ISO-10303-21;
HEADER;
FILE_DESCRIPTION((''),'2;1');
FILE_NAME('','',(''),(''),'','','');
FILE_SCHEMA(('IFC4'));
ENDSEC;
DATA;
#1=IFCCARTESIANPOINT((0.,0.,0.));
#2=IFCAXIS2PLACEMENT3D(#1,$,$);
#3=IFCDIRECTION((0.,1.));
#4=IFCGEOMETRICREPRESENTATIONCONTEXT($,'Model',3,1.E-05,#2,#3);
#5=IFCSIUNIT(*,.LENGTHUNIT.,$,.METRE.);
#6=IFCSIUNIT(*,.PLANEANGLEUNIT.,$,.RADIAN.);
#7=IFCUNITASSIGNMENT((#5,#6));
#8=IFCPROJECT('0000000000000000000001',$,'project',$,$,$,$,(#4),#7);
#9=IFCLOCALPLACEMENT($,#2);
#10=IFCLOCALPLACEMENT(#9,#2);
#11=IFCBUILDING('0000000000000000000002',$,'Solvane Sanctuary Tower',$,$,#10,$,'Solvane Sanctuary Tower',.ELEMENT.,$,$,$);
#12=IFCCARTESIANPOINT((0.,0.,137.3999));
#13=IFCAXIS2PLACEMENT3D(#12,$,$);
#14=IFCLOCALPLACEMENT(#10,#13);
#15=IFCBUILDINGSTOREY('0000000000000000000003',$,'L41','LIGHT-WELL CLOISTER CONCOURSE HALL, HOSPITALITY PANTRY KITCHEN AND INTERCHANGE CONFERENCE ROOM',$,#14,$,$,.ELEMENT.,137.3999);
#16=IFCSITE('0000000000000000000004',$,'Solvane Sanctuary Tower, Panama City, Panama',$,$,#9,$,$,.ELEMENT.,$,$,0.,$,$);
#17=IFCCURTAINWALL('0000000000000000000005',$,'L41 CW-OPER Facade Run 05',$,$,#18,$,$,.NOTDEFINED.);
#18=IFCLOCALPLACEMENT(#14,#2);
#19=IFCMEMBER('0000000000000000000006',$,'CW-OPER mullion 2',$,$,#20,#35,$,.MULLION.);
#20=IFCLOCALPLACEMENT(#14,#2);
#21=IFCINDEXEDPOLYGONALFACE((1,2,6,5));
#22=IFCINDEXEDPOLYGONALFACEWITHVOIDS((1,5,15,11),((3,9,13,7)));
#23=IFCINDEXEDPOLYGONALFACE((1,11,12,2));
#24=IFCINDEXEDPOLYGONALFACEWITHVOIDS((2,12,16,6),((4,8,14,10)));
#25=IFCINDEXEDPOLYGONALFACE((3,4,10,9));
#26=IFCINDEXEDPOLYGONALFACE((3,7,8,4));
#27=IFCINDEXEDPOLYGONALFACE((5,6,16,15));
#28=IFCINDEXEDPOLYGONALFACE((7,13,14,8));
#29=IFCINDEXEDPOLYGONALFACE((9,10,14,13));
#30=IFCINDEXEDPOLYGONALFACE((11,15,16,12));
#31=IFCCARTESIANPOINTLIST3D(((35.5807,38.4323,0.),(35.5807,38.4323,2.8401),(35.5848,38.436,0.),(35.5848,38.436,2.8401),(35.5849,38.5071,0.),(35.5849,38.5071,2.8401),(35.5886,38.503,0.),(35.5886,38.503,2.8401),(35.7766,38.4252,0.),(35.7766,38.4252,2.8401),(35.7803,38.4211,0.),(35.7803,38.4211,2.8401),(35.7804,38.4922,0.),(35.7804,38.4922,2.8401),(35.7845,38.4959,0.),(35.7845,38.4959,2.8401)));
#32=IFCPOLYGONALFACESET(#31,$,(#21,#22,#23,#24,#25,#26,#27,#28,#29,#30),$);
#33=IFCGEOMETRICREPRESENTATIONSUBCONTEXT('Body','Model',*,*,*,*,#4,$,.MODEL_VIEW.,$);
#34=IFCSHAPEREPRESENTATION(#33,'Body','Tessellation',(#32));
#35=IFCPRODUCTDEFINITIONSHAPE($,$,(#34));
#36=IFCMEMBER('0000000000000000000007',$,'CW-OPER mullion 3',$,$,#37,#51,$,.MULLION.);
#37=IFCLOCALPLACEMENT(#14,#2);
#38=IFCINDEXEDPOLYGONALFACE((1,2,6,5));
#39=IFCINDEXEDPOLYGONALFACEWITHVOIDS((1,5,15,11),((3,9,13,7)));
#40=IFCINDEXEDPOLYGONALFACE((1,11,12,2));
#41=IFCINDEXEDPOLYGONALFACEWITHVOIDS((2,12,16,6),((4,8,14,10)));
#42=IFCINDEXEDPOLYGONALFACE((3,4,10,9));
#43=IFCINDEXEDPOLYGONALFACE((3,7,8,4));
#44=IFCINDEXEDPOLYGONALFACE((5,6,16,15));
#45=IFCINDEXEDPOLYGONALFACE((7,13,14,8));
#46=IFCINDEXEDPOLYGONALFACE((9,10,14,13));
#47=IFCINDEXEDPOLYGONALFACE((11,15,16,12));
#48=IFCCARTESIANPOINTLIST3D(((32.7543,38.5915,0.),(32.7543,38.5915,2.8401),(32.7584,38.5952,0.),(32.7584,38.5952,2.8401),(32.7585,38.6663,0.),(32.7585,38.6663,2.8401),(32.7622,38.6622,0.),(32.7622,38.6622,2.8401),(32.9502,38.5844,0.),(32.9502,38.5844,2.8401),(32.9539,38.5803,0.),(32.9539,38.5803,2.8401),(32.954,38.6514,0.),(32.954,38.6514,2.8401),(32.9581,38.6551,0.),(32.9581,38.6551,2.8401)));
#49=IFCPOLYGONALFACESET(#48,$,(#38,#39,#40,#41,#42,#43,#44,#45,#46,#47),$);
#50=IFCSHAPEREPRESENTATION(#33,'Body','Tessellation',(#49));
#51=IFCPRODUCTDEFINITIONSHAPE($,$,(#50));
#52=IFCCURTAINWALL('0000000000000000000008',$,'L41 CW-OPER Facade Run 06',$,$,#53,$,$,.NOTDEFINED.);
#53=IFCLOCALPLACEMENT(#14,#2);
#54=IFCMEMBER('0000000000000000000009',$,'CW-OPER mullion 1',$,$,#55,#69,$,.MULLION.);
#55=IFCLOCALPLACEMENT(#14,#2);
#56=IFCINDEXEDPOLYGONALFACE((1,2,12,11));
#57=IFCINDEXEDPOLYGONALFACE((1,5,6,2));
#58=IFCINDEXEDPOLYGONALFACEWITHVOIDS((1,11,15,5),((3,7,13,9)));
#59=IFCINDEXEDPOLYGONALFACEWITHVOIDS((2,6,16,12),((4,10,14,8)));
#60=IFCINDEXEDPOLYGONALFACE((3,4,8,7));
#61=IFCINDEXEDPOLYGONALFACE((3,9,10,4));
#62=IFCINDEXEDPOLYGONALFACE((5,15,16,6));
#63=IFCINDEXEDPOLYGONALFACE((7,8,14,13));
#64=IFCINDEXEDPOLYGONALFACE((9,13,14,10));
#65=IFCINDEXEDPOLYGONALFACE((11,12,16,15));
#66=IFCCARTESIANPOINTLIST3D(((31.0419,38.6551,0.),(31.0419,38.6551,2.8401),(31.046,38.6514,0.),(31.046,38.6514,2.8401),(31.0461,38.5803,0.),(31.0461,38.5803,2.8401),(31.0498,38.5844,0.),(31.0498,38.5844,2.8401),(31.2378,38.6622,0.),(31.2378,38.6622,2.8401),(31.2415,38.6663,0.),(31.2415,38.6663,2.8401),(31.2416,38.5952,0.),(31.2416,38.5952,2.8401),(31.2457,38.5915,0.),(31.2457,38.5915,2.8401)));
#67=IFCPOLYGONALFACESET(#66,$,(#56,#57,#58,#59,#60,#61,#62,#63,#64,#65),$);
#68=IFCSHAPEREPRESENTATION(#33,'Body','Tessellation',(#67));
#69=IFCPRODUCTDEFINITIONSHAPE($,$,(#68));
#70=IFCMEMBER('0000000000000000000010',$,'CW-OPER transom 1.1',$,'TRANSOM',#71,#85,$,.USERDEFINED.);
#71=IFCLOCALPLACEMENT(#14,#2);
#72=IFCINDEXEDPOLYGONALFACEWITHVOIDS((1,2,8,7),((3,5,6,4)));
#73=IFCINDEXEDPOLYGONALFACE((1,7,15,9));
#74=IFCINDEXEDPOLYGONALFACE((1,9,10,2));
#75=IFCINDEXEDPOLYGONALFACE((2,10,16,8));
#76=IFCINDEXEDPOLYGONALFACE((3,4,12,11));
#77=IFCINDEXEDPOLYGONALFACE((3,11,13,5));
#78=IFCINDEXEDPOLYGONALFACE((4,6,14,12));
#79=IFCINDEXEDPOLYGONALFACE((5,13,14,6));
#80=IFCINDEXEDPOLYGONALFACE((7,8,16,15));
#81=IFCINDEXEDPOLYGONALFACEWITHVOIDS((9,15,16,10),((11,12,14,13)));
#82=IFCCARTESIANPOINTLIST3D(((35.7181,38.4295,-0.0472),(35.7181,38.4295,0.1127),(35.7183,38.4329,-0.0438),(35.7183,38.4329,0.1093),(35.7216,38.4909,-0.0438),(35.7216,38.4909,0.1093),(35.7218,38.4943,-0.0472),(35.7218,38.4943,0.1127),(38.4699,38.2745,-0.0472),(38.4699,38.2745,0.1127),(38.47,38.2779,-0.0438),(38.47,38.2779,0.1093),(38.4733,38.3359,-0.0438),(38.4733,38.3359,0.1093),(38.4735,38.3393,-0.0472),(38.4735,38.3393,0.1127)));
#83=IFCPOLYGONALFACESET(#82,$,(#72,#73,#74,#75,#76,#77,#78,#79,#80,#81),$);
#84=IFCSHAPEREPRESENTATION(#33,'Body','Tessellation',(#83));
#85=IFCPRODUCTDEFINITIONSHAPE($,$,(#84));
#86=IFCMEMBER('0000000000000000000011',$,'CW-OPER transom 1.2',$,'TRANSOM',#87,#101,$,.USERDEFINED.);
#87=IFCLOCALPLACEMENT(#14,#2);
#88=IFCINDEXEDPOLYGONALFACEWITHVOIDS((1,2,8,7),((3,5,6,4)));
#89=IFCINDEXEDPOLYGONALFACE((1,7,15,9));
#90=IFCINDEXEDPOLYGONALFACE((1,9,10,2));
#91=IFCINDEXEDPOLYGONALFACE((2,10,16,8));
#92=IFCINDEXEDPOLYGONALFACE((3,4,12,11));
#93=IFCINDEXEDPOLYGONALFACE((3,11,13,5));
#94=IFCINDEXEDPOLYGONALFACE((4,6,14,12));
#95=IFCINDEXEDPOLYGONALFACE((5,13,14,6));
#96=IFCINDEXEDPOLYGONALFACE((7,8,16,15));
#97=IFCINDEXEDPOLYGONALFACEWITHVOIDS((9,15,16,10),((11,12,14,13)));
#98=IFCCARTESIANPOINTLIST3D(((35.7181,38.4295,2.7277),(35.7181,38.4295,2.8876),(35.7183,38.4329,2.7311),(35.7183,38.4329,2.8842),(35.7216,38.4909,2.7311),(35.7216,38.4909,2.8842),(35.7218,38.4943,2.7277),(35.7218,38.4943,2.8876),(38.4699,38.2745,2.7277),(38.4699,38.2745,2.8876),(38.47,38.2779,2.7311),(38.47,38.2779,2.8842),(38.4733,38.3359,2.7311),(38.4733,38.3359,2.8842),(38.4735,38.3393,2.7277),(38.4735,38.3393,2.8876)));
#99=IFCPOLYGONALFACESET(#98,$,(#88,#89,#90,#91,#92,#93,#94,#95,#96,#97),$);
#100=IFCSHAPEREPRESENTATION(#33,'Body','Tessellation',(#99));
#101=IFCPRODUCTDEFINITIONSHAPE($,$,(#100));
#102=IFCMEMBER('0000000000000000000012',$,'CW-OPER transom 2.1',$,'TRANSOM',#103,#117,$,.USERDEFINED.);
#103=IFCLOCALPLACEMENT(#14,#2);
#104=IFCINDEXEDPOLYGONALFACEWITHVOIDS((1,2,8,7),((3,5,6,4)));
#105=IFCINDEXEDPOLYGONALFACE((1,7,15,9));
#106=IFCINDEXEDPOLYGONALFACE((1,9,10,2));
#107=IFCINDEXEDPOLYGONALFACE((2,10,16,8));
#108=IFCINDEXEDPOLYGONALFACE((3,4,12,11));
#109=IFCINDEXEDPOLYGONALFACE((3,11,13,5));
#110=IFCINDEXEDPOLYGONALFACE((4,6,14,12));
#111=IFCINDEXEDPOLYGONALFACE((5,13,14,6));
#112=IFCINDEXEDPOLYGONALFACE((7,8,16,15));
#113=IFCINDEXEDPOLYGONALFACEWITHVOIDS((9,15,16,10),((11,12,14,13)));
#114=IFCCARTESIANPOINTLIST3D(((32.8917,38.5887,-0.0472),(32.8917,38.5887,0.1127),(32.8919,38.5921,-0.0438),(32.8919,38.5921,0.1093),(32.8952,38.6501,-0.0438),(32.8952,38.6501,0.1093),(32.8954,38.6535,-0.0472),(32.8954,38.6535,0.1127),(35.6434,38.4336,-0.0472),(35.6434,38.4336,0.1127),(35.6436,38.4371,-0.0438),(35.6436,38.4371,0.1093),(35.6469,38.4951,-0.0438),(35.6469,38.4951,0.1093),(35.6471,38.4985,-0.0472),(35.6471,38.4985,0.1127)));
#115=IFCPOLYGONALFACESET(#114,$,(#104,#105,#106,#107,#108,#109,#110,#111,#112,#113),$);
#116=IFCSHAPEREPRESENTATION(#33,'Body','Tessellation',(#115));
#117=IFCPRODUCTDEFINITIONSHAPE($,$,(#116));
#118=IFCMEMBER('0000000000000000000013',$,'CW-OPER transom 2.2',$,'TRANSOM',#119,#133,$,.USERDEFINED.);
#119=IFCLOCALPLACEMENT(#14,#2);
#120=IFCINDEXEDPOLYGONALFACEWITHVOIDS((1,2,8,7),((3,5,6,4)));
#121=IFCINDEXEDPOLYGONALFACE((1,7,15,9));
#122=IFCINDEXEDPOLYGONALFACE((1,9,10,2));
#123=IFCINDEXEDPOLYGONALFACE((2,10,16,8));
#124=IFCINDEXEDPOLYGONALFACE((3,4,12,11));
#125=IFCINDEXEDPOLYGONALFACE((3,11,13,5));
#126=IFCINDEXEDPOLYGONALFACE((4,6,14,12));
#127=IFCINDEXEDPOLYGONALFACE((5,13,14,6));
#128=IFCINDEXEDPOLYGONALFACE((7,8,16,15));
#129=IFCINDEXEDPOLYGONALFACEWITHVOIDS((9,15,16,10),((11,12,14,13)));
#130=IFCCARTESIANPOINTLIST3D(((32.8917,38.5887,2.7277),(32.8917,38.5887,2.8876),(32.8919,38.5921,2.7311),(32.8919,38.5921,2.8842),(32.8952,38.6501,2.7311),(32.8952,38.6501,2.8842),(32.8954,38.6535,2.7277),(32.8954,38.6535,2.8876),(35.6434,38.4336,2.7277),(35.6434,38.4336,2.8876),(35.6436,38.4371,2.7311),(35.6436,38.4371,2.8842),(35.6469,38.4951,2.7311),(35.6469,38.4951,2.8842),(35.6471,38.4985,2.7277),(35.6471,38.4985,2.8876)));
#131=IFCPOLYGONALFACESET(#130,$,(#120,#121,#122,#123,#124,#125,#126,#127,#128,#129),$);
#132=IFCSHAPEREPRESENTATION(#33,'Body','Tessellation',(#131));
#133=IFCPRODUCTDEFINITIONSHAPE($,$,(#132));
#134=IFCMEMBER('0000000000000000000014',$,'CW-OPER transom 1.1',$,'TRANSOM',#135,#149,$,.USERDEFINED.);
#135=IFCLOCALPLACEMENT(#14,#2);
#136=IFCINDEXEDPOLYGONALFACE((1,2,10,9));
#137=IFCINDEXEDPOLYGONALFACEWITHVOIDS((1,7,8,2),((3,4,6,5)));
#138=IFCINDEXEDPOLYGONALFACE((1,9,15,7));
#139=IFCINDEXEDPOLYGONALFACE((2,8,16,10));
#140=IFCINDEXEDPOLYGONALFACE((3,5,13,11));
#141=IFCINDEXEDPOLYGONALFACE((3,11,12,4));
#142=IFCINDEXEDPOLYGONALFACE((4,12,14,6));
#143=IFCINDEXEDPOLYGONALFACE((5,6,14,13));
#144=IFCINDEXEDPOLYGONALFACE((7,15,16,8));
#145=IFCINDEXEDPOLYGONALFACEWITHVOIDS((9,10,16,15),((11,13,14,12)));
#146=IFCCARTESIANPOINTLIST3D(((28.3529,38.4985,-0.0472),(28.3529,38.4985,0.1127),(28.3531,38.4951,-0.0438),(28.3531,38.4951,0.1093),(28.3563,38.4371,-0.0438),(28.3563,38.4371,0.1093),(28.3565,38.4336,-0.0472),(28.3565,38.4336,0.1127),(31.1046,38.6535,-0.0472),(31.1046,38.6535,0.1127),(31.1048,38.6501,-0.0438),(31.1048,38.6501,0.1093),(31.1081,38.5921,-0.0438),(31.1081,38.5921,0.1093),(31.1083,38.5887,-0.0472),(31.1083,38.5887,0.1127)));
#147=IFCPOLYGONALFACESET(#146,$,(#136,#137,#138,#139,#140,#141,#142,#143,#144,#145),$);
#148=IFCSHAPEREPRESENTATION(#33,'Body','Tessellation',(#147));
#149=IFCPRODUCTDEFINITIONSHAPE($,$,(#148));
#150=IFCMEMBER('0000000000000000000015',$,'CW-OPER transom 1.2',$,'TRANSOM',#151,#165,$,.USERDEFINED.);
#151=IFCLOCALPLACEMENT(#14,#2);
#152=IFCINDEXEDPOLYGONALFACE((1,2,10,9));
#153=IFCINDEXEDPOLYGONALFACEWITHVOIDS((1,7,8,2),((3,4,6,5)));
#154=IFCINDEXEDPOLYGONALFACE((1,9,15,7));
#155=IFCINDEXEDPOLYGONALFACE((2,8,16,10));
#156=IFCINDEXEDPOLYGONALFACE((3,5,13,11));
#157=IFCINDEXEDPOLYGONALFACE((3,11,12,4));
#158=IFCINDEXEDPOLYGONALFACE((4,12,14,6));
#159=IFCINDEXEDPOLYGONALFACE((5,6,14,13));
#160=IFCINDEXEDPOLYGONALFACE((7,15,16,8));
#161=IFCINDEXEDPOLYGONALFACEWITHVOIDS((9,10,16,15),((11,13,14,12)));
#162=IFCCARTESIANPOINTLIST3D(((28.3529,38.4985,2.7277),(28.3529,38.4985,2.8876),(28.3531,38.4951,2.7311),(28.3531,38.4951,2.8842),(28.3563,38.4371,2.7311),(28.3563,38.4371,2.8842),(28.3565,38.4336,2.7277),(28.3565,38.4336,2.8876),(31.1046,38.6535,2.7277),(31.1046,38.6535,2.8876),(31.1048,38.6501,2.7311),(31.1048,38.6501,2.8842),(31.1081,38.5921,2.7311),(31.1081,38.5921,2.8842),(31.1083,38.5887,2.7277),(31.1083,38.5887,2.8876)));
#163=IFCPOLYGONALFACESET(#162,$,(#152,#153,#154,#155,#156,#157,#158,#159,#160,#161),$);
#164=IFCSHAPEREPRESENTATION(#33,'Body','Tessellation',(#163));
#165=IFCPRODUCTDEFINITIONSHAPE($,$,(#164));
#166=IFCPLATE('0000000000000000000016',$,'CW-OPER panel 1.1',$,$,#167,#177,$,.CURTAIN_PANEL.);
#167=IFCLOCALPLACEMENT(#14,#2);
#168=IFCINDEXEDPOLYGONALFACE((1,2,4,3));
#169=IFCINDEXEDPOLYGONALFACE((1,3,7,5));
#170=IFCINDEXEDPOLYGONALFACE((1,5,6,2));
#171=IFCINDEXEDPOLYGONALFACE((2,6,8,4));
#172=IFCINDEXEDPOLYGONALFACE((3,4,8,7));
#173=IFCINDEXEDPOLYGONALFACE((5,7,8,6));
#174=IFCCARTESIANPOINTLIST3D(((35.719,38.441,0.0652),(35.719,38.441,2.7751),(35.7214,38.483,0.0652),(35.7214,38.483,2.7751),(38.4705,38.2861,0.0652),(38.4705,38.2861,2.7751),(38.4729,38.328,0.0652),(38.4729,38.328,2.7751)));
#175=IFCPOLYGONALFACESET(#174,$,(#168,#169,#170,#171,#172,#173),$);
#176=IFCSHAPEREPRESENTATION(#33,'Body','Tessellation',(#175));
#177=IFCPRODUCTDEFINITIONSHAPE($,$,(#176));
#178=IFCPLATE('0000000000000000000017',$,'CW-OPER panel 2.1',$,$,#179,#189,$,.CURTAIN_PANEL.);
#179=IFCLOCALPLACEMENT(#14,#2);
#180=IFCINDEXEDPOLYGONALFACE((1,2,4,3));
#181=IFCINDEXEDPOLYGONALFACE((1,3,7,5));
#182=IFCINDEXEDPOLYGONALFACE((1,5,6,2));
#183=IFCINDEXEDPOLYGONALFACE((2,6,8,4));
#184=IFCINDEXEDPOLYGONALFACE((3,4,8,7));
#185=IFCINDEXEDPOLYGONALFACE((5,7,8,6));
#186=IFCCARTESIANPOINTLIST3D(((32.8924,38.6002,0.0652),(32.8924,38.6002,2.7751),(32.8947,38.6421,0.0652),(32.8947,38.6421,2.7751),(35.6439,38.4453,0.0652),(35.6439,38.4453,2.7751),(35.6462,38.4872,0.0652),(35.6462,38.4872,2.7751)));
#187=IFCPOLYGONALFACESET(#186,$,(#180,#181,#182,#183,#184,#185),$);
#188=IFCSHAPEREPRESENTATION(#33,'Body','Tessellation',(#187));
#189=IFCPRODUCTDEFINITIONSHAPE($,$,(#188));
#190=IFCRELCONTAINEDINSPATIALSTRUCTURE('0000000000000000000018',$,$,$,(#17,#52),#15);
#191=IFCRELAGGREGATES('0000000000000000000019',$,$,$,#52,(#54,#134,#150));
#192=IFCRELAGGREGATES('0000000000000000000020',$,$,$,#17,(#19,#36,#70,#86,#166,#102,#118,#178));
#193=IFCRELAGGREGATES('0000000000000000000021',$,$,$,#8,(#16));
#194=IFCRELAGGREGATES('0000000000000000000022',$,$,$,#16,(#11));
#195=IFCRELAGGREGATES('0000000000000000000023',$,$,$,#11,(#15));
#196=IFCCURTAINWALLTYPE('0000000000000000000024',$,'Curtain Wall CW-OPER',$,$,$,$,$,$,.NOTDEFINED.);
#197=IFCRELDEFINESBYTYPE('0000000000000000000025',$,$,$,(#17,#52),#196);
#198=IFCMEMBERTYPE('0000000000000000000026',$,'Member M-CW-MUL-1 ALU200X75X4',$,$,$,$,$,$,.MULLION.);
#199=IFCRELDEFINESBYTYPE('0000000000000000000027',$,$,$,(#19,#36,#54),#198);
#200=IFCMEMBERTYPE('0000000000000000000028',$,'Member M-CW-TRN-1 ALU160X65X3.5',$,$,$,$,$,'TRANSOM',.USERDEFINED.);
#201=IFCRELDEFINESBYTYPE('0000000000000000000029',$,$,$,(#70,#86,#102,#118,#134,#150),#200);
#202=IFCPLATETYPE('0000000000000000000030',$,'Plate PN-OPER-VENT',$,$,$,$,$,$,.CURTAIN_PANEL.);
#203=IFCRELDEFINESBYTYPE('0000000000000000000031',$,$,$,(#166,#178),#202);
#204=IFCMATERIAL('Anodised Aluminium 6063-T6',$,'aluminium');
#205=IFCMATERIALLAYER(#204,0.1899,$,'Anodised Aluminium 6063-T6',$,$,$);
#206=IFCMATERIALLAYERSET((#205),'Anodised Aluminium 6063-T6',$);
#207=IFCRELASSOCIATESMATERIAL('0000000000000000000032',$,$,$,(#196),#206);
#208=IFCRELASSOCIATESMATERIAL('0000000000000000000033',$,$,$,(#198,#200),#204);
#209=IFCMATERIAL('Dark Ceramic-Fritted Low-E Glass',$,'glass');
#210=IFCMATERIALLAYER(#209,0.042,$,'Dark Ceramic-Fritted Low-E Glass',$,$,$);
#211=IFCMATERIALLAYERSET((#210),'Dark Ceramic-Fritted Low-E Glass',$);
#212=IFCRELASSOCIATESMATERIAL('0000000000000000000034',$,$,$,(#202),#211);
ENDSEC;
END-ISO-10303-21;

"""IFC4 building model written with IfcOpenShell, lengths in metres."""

from ifc_helpers import new_model, si_unit, direction, frame, origin, origin_2d, place, context, subcontext, project, spatial, rectangle, hollow_rectangle, extrude, material, layer, layer_set, material_profile, profile_set, type_object, element, aggregate, save


model = new_model("IFC4")

# Units and contexts
model_context = context("Model", 3, precision=1e-05, world=origin(), true_north=direction((0.0, 1.0)))
body_context = subcontext(model_context, "Body", "Model", "MODEL_VIEW")
ifc_project = project(units=[si_unit("LENGTHUNIT", "METRE"), si_unit("PLANEANGLEUNIT", "RADIAN")], contexts=[model_context])

# Site, building, storey
site_placement = place(None, origin())
site = spatial("IfcSite", under=ifc_project, at=site_placement, Name="Solvane Sanctuary Tower, Panama City, Panama", CompositionType="ELEMENT", RefElevation=0.0)
building_placement = place(site_placement, origin())
building = spatial("IfcBuilding", under=site, at=building_placement, Name="Solvane Sanctuary Tower", LongName="Solvane Sanctuary Tower", CompositionType="ELEMENT")
storey_placement = place(building_placement, frame((0.0, 0.0, 137.3999)))
storey = spatial("IfcBuildingStorey", under=building, at=storey_placement, Name="L41", Description="LIGHT-WELL CLOISTER CONCOURSE HALL, HOSPITALITY PANTRY KITCHEN AND INTERCHANGE CONFERENCE ROOM", CompositionType="ELEMENT", Elevation=137.3999)

# Curtain wall, members
ifc_material_1 = material(Name="Anodised Aluminium 6063-T6", Category="aluminium")
ifc_layer_1 = layer(ifc_material_1, 0.1899, Name="Anodised Aluminium 6063-T6")
ifc_layer_set_1 = layer_set([ifc_layer_1], Name="Anodised Aluminium 6063-T6")
curtain_wall_type = type_object("IfcCurtainWallType", Name="Curtain Wall CW-OPER", PredefinedType="NOTDEFINED", material=ifc_layer_set_1)
curtain_wall_1_placement = place(storey_placement, origin())
curtain_wall_1 = element("IfcCurtainWall", 1, at=curtain_wall_1_placement, inside=storey, type_object=curtain_wall_type, Name="L41 CW-OPER Facade Run 05", PredefinedType="NOTDEFINED")
ifc_material_profile_1 = material_profile(ifc_material_1, hollow_rectangle(XDim=0.075, YDim=0.2, WallThickness=0.0039, at=origin_2d()), Name="ALU200X75X4")
ifc_profile_set_1 = profile_set([ifc_material_profile_1], Name="Anodised Aluminium 6063-T6")
member_type_1 = type_object("IfcMemberType", Name="Member M-CW-MUL-1 ALU200X75X4", PredefinedType="MULLION", material=ifc_profile_set_1)
member_1_placement = place(storey_placement, frame((35.6826, 38.4641, 0.0), z_axis=(0.0, 0.0, 1.0), x_axis=(-0.056233, -0.998418, 0.0)))
member_1 = element("IfcMember", 2, at=member_1_placement, type_object=member_type_1, Name="CW-OPER mullion 2", PredefinedType="MULLION", context=body_context, shape_type="SweptSolid", body=[
    extrude(hollow_rectangle(XDim=0.075, YDim=0.2, WallThickness=0.0039, at=origin_2d()), origin(), (0.0, 0.0, 1.0), 2.8401),
])
member_2_placement = place(storey_placement, frame((32.8562, 38.6233, 0.0), z_axis=(0.0, 0.0, 1.0), x_axis=(-0.056233, -0.998418, 0.0)))
member_2 = element("IfcMember", 3, at=member_2_placement, type_object=member_type_1, Name="CW-OPER mullion 3", PredefinedType="MULLION", context=body_context, shape_type="SweptSolid", body=[
    extrude(hollow_rectangle(XDim=0.075, YDim=0.2, WallThickness=0.0039, at=origin_2d()), origin(), (0.0, 0.0, 1.0), 2.8401),
])

# Curtain wall, member
curtain_wall_2_placement = place(storey_placement, origin())
curtain_wall_2 = element("IfcCurtainWall", 4, at=curtain_wall_2_placement, inside=storey, type_object=curtain_wall_type, Name="L41 CW-OPER Facade Run 06", PredefinedType="NOTDEFINED")
member_3_placement = place(storey_placement, frame((31.1438, 38.6233, 0.0), z_axis=(0.0, 0.0, 1.0), x_axis=(0.056233, -0.998418, 0.0)))
member_3 = element("IfcMember", 5, at=member_3_placement, type_object=member_type_1, Name="CW-OPER mullion 1", PredefinedType="MULLION", context=body_context, shape_type="SweptSolid", body=[
    extrude(hollow_rectangle(XDim=0.075, YDim=0.2, WallThickness=0.0039, at=origin_2d()), origin(), (0.0, 0.0, 1.0), 2.8401),
])

# Members
ifc_material_profile_2 = material_profile(ifc_material_1, hollow_rectangle(XDim=0.0649, YDim=0.1599, WallThickness=0.0034, at=origin_2d()), Name="ALU160X65X3.5")
ifc_profile_set_2 = profile_set([ifc_material_profile_2], Name="Anodised Aluminium 6063-T6")
member_type_2 = type_object("IfcMemberType", Name="Member M-CW-TRN-1 ALU160X65X3.5", ElementType="TRANSOM", PredefinedType="USERDEFINED", material=ifc_profile_set_2)
member_4_placement = place(storey_placement, frame((38.4717, 38.3069, 0.0327), z_axis=(-0.998417, 0.05625, 0.0), x_axis=(-0.05625, -0.998417, 0.0)))
member_4 = element("IfcMember", 6, at=member_4_placement, type_object=member_type_2, Name="CW-OPER transom 1.1", ObjectType="TRANSOM", PredefinedType="USERDEFINED", context=body_context, shape_type="SweptSolid", body=[
    extrude(hollow_rectangle(XDim=0.0649, YDim=0.1599, WallThickness=0.0034, at=origin_2d()), origin(), (0.0, 0.0, 1.0), 2.7561),
])
member_5_placement = place(storey_placement, frame((38.4717, 38.3069, 2.8076), z_axis=(-0.998417, 0.05625, 0.0), x_axis=(-0.05625, -0.998417, 0.0)))
member_5 = element("IfcMember", 7, at=member_5_placement, type_object=member_type_2, Name="CW-OPER transom 1.2", ObjectType="TRANSOM", PredefinedType="USERDEFINED", context=body_context, shape_type="SweptSolid", body=[
    extrude(hollow_rectangle(XDim=0.0649, YDim=0.1599, WallThickness=0.0034, at=origin_2d()), origin(), (0.0, 0.0, 1.0), 2.7561),
])
member_6_placement = place(storey_placement, frame((35.6453, 38.4661, 0.0327), z_axis=(-0.998417, 0.05625, 0.0), x_axis=(-0.05625, -0.998417, 0.0)))
member_6 = element("IfcMember", 8, at=member_6_placement, type_object=member_type_2, Name="CW-OPER transom 2.1", ObjectType="TRANSOM", PredefinedType="USERDEFINED", context=body_context, shape_type="SweptSolid", body=[
    extrude(hollow_rectangle(XDim=0.0649, YDim=0.1599, WallThickness=0.0034, at=origin_2d()), origin(), (0.0, 0.0, 1.0), 2.7561),
])
member_7_placement = place(storey_placement, frame((35.6453, 38.4661, 2.8076), z_axis=(-0.998417, 0.05625, 0.0), x_axis=(-0.05625, -0.998417, 0.0)))
member_7 = element("IfcMember", 9, at=member_7_placement, type_object=member_type_2, Name="CW-OPER transom 2.2", ObjectType="TRANSOM", PredefinedType="USERDEFINED", context=body_context, shape_type="SweptSolid", body=[
    extrude(hollow_rectangle(XDim=0.0649, YDim=0.1599, WallThickness=0.0034, at=origin_2d()), origin(), (0.0, 0.0, 1.0), 2.7561),
])
member_8_placement = place(storey_placement, frame((31.1064, 38.6211, 0.0327), z_axis=(-0.998417, -0.05625, 0.0), x_axis=(0.05625, -0.998417, 0.0)))
member_8 = element("IfcMember", 10, at=member_8_placement, type_object=member_type_2, Name="CW-OPER transom 1.1", ObjectType="TRANSOM", PredefinedType="USERDEFINED", context=body_context, shape_type="SweptSolid", body=[
    extrude(hollow_rectangle(XDim=0.0649, YDim=0.1599, WallThickness=0.0034, at=origin_2d()), origin(), (0.0, 0.0, 1.0), 2.7561),
])
member_9_placement = place(storey_placement, frame((31.1064, 38.6211, 2.8076), z_axis=(-0.998417, -0.05625, 0.0), x_axis=(0.05625, -0.998417, 0.0)))
member_9 = element("IfcMember", 11, at=member_9_placement, type_object=member_type_2, Name="CW-OPER transom 1.2", ObjectType="TRANSOM", PredefinedType="USERDEFINED", context=body_context, shape_type="SweptSolid", body=[
    extrude(hollow_rectangle(XDim=0.0649, YDim=0.1599, WallThickness=0.0034, at=origin_2d()), origin(), (0.0, 0.0, 1.0), 2.7561),
])
aggregate(curtain_wall_2, [member_3, member_8, member_9])

# Plates
ifc_material_2 = material(Name="Dark Ceramic-Fritted Low-E Glass", Category="glass")
ifc_layer_2 = layer(ifc_material_2, 0.042, Name="Dark Ceramic-Fritted Low-E Glass")
ifc_layer_set_2 = layer_set([ifc_layer_2], Name="Dark Ceramic-Fritted Low-E Glass")
plate_type = type_object("IfcPlateType", Name="Plate PN-OPER-VENT", PredefinedType="CURTAIN_PANEL", material=ifc_layer_set_2)
plate_1_placement = place(storey_placement, frame((37.0959, 38.3845, 0.0652), z_axis=(0.0, 0.0, 1.0), x_axis=(-0.998418, 0.056233, 0.0)))
plate_1 = element("IfcPlate", 12, at=plate_1_placement, type_object=plate_type, Name="CW-OPER panel 1.1", PredefinedType="CURTAIN_PANEL", context=body_context, shape_type="SweptSolid", body=[
    extrude(rectangle(XDim=2.7559, YDim=0.042, at=origin_2d()), origin(), (0.0, 0.0, 1.0), 2.71),
])
plate_2_placement = place(storey_placement, frame((34.2693, 38.5437, 0.0652), z_axis=(0.0, 0.0, 1.0), x_axis=(-0.998418, 0.056233, 0.0)))
plate_2 = element("IfcPlate", 13, at=plate_2_placement, type_object=plate_type, Name="CW-OPER panel 2.1", PredefinedType="CURTAIN_PANEL", context=body_context, shape_type="SweptSolid", body=[
    extrude(rectangle(XDim=2.7559, YDim=0.042, at=origin_2d()), origin(), (0.0, 0.0, 1.0), 2.71),
])
aggregate(curtain_wall_1, [member_1, member_2, member_4, member_5, plate_1, member_6, member_7, plate_2])

save(model, "model.ifc")
